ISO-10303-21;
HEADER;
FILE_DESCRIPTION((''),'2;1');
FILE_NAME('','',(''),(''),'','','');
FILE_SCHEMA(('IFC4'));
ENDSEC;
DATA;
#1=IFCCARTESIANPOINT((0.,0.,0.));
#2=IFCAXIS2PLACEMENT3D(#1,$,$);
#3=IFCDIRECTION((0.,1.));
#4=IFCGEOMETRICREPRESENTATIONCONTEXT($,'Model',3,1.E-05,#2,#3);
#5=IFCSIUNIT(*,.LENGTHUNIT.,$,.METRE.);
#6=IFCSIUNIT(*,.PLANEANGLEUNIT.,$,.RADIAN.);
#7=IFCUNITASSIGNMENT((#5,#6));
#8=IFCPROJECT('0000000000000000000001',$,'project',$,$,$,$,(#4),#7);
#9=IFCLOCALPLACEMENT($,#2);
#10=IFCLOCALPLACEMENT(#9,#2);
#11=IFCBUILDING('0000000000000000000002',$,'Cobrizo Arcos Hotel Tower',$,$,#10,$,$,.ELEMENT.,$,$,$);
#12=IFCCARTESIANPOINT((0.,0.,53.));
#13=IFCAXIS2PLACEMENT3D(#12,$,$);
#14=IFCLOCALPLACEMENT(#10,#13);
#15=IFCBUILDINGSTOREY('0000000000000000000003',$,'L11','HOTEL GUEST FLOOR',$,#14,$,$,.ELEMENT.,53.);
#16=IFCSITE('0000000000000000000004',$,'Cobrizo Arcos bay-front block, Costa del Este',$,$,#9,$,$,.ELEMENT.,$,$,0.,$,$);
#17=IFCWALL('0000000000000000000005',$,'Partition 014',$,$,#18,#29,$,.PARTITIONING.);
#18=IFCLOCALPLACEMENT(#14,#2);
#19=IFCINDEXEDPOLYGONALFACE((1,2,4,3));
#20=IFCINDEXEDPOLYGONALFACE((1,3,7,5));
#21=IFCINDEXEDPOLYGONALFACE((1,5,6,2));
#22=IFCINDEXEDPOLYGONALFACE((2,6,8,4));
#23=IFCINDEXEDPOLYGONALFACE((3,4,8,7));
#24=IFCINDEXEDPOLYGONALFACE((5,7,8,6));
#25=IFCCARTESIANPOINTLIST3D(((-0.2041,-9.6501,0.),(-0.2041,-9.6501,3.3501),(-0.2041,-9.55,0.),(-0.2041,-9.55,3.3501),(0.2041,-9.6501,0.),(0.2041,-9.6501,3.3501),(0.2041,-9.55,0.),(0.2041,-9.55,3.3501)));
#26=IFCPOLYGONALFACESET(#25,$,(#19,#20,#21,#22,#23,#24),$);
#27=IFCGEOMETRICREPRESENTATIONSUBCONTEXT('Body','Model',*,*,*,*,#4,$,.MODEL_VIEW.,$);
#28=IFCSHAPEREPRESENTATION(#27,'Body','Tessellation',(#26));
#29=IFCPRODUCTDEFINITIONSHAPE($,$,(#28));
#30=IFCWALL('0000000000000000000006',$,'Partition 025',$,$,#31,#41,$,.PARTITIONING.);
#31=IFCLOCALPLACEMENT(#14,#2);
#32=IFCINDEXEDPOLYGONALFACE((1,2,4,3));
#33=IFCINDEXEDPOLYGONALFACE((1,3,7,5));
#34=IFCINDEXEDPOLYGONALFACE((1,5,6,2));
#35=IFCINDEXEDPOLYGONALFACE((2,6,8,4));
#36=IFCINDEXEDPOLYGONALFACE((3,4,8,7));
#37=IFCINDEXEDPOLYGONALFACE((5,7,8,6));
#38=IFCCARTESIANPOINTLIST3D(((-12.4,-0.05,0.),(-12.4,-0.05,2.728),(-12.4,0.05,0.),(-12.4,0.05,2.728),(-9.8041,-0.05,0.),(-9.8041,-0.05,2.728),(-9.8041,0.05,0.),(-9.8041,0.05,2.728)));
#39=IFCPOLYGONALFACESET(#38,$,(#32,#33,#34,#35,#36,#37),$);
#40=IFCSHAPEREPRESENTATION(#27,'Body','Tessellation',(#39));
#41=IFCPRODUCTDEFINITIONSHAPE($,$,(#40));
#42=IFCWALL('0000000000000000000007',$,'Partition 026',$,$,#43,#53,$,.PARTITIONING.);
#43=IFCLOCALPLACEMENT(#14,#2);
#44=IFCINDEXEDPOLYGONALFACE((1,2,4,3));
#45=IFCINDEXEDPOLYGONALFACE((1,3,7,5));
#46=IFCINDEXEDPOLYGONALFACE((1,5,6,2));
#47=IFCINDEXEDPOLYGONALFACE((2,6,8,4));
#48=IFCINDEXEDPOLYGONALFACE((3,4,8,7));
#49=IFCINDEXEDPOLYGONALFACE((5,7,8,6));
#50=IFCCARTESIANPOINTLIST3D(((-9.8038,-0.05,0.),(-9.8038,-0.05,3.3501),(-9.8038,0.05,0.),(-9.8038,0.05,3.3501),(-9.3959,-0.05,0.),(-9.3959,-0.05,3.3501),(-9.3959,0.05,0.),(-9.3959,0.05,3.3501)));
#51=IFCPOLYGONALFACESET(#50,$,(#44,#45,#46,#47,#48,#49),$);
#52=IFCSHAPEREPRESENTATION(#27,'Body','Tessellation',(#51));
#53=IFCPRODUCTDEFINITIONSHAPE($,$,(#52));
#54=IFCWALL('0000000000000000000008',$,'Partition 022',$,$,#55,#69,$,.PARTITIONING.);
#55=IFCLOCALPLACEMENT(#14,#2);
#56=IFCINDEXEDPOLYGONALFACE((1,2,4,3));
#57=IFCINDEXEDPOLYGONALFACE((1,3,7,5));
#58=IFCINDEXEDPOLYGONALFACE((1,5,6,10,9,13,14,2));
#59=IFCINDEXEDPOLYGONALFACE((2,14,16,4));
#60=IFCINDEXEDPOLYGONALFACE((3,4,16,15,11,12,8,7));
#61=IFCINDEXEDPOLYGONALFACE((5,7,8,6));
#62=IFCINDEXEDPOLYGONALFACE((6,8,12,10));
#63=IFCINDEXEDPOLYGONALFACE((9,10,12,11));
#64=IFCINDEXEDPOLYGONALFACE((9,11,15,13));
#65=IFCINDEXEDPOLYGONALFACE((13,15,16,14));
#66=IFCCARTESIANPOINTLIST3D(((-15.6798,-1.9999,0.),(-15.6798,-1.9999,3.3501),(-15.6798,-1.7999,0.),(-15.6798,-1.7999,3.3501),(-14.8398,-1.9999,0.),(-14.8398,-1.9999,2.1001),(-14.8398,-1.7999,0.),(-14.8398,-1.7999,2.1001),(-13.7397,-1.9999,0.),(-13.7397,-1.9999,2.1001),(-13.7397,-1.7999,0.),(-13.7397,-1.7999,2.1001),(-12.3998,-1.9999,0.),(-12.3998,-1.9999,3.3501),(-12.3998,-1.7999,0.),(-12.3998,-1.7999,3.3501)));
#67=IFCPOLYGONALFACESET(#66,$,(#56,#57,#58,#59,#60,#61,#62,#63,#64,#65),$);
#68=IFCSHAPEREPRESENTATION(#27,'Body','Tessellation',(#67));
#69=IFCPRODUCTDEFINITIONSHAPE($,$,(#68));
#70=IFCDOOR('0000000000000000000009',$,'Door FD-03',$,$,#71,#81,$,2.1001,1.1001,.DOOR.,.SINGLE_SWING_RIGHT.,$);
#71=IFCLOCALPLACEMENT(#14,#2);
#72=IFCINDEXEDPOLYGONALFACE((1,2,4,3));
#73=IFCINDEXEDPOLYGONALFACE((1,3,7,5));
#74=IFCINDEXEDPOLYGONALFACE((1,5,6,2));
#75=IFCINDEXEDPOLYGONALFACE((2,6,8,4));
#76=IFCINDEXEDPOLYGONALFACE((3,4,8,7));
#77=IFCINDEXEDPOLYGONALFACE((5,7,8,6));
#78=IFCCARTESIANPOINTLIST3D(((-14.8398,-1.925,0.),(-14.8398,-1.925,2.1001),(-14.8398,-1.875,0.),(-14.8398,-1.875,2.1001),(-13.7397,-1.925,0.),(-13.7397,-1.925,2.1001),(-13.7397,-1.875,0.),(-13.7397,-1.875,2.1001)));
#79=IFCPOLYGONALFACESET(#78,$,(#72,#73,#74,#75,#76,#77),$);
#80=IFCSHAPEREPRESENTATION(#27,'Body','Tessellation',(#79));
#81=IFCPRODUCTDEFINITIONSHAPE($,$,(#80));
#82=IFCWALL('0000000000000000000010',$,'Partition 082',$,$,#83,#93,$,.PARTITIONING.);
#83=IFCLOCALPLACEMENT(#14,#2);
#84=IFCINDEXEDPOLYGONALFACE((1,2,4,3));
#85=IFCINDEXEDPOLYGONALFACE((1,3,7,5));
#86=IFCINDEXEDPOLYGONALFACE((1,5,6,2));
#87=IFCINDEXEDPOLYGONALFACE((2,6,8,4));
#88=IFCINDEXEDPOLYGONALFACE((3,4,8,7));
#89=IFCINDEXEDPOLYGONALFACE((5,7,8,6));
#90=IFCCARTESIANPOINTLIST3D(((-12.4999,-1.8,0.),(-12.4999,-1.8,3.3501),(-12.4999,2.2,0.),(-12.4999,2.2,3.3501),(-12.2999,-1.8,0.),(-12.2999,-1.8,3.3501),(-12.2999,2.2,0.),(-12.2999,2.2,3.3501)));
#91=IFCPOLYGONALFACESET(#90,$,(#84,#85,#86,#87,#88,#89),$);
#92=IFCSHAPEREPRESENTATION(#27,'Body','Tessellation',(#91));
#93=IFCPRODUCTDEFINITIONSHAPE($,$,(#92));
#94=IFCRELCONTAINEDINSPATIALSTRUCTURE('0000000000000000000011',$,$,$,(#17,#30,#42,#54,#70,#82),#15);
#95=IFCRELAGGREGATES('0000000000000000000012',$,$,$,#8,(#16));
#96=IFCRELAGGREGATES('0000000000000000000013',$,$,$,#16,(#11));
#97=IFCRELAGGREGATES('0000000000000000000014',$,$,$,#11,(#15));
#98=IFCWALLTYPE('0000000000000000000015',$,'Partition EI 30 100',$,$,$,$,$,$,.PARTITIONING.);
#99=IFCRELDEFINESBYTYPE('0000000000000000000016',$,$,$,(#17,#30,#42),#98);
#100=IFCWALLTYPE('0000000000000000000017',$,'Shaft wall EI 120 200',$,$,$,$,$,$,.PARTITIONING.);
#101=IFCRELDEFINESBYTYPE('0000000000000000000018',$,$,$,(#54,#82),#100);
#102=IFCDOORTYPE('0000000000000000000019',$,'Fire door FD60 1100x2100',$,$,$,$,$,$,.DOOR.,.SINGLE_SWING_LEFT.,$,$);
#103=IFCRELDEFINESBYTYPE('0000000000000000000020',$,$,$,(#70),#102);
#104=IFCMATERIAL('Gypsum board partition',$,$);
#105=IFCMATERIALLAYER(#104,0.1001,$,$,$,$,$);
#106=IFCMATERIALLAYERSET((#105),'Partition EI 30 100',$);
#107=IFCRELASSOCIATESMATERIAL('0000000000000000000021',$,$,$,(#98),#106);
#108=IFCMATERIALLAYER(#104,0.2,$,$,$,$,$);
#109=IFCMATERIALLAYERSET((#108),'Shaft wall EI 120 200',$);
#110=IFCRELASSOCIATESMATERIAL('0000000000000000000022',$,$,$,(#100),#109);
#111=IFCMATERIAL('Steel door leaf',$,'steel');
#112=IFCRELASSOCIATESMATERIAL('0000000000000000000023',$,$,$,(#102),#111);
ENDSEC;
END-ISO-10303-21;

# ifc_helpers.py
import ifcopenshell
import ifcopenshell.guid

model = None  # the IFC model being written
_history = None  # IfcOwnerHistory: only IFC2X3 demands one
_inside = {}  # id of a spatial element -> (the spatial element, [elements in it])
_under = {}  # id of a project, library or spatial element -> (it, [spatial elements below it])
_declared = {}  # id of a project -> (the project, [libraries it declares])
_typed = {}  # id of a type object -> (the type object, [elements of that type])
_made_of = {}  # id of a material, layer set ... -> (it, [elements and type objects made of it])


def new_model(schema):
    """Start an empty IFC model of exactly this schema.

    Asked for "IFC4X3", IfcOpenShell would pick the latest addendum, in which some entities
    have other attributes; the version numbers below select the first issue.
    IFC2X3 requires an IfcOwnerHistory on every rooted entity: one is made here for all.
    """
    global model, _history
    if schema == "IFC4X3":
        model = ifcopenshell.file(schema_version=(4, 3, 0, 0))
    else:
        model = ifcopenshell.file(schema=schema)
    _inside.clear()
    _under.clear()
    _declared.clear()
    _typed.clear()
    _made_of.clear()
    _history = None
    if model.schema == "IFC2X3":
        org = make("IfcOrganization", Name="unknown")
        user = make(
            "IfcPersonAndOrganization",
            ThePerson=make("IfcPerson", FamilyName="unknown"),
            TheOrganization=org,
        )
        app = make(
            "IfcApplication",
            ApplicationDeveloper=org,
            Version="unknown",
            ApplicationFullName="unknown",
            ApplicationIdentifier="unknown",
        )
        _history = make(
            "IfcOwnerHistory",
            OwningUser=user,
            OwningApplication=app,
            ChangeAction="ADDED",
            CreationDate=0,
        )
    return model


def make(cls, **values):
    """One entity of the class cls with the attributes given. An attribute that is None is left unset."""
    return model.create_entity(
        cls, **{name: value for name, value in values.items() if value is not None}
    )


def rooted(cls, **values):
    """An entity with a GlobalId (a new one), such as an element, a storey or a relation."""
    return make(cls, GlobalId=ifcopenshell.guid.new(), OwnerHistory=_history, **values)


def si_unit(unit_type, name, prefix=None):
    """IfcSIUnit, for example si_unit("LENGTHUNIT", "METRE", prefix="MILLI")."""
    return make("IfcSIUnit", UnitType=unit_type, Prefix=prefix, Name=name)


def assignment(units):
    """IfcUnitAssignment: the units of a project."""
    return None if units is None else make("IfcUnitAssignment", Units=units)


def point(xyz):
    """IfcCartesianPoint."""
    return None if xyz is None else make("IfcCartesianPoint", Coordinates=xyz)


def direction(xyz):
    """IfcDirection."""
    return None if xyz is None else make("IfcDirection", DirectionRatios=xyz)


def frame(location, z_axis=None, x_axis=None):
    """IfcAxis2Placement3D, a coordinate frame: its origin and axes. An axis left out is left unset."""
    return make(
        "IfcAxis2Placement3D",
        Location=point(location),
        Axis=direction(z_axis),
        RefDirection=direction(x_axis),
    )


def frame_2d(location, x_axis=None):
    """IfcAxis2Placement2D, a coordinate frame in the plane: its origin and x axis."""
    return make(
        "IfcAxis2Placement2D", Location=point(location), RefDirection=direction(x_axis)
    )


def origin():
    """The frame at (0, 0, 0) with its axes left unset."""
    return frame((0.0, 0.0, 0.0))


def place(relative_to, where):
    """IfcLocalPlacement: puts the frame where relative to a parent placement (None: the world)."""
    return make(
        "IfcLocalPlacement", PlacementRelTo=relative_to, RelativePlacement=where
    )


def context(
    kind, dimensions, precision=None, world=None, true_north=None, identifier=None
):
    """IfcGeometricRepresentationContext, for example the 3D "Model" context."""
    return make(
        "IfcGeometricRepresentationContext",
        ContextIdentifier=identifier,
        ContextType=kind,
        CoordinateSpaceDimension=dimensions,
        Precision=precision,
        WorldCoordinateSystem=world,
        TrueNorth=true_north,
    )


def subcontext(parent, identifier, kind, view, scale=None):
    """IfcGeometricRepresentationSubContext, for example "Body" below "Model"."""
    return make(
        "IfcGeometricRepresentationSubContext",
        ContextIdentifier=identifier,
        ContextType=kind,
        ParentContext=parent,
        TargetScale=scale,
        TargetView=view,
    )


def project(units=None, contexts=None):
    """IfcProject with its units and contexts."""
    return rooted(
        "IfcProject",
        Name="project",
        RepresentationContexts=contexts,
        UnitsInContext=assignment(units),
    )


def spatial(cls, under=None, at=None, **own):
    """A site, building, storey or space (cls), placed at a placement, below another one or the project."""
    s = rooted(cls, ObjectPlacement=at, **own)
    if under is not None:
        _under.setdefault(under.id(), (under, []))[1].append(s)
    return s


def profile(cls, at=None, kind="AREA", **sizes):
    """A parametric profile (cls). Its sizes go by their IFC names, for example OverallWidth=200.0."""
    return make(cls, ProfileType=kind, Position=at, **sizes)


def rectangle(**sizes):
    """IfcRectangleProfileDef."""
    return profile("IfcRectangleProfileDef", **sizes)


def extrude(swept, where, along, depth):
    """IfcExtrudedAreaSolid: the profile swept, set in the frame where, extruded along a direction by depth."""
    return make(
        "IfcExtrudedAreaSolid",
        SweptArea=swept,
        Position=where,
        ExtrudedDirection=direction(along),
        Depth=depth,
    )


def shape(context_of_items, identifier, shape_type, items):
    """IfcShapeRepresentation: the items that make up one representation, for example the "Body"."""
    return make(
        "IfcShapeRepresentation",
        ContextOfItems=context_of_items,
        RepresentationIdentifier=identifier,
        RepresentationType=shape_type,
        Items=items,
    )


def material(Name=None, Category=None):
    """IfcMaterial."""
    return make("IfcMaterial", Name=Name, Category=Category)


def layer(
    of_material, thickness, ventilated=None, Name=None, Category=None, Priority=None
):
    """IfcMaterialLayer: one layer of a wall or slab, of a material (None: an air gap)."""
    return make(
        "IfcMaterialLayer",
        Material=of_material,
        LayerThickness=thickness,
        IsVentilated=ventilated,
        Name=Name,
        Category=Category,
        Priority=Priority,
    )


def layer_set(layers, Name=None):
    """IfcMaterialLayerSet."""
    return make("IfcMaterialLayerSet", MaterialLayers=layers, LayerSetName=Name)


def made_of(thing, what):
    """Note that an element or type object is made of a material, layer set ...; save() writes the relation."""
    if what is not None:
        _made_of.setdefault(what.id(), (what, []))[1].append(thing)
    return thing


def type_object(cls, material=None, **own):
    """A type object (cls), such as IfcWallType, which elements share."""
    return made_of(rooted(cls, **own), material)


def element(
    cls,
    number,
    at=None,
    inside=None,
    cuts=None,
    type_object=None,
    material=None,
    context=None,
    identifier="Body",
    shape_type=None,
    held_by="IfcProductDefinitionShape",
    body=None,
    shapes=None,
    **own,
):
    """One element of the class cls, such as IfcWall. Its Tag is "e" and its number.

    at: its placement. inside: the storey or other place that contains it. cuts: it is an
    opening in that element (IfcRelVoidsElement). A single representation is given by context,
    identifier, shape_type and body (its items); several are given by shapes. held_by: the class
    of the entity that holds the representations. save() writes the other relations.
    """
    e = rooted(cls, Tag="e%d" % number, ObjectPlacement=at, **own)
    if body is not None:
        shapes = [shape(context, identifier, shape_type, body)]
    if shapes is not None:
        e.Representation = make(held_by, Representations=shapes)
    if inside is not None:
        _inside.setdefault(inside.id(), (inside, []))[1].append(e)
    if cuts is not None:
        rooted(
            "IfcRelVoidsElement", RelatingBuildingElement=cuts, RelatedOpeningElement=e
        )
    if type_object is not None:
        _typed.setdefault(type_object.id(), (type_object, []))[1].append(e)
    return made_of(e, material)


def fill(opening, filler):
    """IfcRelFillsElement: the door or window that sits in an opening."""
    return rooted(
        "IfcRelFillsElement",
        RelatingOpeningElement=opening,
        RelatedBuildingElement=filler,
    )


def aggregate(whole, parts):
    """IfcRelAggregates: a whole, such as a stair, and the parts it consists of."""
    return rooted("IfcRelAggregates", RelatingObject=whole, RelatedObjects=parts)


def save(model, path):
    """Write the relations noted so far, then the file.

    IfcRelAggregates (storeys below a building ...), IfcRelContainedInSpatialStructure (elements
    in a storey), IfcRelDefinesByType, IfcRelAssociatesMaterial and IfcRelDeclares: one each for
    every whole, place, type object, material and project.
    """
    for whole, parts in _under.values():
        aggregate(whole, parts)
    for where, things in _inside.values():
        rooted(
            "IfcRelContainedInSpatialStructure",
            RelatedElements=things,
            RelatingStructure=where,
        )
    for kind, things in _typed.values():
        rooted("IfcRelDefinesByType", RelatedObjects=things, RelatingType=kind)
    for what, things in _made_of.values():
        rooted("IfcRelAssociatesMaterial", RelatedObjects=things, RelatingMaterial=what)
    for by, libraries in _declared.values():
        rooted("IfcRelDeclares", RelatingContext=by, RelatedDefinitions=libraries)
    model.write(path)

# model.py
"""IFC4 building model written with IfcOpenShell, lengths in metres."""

from ifc_helpers import new_model, si_unit, direction, frame, frame_2d, origin, place, context, subcontext, project, spatial, rectangle, extrude, material, layer, layer_set, type_object, element, fill, save


model = new_model("IFC4")

# Units and contexts
model_context = context("Model", 3, precision=1e-05, world=origin(), true_north=direction((0.0, 1.0)))
body_context = subcontext(model_context, "Body", "Model", "MODEL_VIEW")
ifc_project = project(units=[si_unit("LENGTHUNIT", "METRE"), si_unit("PLANEANGLEUNIT", "RADIAN")], contexts=[model_context])

# Site, building, storey
site_placement = place(None, origin())
site = spatial("IfcSite", under=ifc_project, at=site_placement, Name="Cobrizo Arcos bay-front block, Costa del Este", CompositionType="ELEMENT", RefElevation=0.0)
building_placement = place(site_placement, origin())
building = spatial("IfcBuilding", under=site, at=building_placement, Name="Cobrizo Arcos Hotel Tower", CompositionType="ELEMENT")
storey_placement = place(building_placement, frame((0.0, 0.0, 53.0)))
storey = spatial("IfcBuildingStorey", under=building, at=storey_placement, Name="L11", Description="HOTEL GUEST FLOOR", CompositionType="ELEMENT", Elevation=53.0)

# Walls
ifc_material_1 = material(Name="Gypsum board partition")
ifc_layer_1 = layer(ifc_material_1, 0.1001)
ifc_layer_set_1 = layer_set([ifc_layer_1], Name="Partition EI 30 100")
wall_type_1 = type_object("IfcWallType", Name="Partition EI 30 100", PredefinedType="PARTITIONING", material=ifc_layer_set_1)
wall_1_placement = place(storey_placement, frame((-0.2041, -9.6001, 0.0), z_axis=(0.0, 0.0, 1.0), x_axis=(1.0, 0.0, 0.0)))
element("IfcWall", 1, at=wall_1_placement, inside=storey, type_object=wall_type_1, Name="Partition 014", PredefinedType="PARTITIONING", context=body_context, shape_type="SweptSolid", body=[
    extrude(rectangle(XDim=0.4082, YDim=0.1001, at=frame_2d((0.2041, 0.0))), origin(), (0.0, 0.0, 1.0), 3.3501),
])
wall_2_placement = place(storey_placement, frame((-12.3999, 0.0, 0.0), z_axis=(0.0, 0.0, 1.0), x_axis=(1.0, 0.0, 0.0)))
element("IfcWall", 2, at=wall_2_placement, inside=storey, type_object=wall_type_1, Name="Partition 025", PredefinedType="PARTITIONING", context=body_context, shape_type="SweptSolid", body=[
    extrude(rectangle(XDim=2.5959, YDim=0.1001, at=frame_2d((1.2979, 0.0))), origin(), (0.0, 0.0, 1.0), 2.728),
])
wall_3_placement = place(storey_placement, frame((-9.804, 0.0, 0.0), z_axis=(0.0, 0.0, 1.0), x_axis=(1.0, 0.0, 0.0)))
element("IfcWall", 3, at=wall_3_placement, inside=storey, type_object=wall_type_1, Name="Partition 026", PredefinedType="PARTITIONING", context=body_context, shape_type="SweptSolid", body=[
    extrude(rectangle(XDim=0.408, YDim=0.1001, at=frame_2d((0.2041, 0.0))), origin(), (0.0, 0.0, 1.0), 3.3501),
])

# Wall, opening, door
ifc_layer_2 = layer(ifc_material_1, 0.2)
ifc_layer_set_2 = layer_set([ifc_layer_2], Name="Shaft wall EI 120 200")
wall_type_2 = type_object("IfcWallType", Name="Shaft wall EI 120 200", PredefinedType="PARTITIONING", material=ifc_layer_set_2)
wall_4_placement = place(storey_placement, frame((-15.6799, -1.8999, 0.0), z_axis=(0.0, 0.0, 1.0), x_axis=(1.0, 0.0, 0.0)))
wall_4 = element("IfcWall", 4, at=wall_4_placement, inside=storey, type_object=wall_type_2, Name="Partition 022", PredefinedType="PARTITIONING", context=body_context, shape_type="SweptSolid", body=[
    extrude(rectangle(XDim=3.28, YDim=0.2, at=frame_2d((1.6401, 0.0))), origin(), (0.0, 0.0, 1.0), 3.3501),
])
opening_placement = place(wall_4_placement, frame((0.8401, 0.0, 0.0)))
opening = element("IfcOpeningElement", 5, at=opening_placement, cuts=wall_4, PredefinedType="OPENING", context=body_context, shape_type="SweptSolid", body=[
    extrude(rectangle(XDim=1.1001, YDim=2.1001, at=frame_2d((0.55, 1.05))), frame((0.0, 0.1121, 0.0), z_axis=(0.0, -1.0, 0.0), x_axis=(1.0, 0.0, 0.0)), (0.0, 0.0, 1.0), 0.2239),
])
ifc_material_2 = material(Name="Steel door leaf", Category="steel")
door_type = type_object("IfcDoorType", Name="Fire door FD60 1100x2100", OperationType="SINGLE_SWING_LEFT", PredefinedType="DOOR", material=ifc_material_2)
door_placement = place(opening_placement, origin())
door = element("IfcDoor", 6, at=door_placement, inside=storey, type_object=door_type, Name="Door FD-03", OperationType="SINGLE_SWING_RIGHT", OverallHeight=2.1001, OverallWidth=1.1001, PredefinedType="DOOR", context=body_context, shape_type="SweptSolid", body=[
    extrude(rectangle(XDim=1.1001, YDim=2.1001, at=frame_2d((0.55, 1.05))), frame((0.0, 0.0249, 0.0), z_axis=(0.0, -1.0, 0.0), x_axis=(1.0, 0.0, 0.0)), (0.0, 0.0, 1.0), 0.05),
])
fill(opening, door)

# Wall
wall_5_placement = place(storey_placement, frame((-12.3999, -1.8, 0.0), z_axis=(0.0, 0.0, 1.0), x_axis=(0.0, 1.0, 0.0)))
element("IfcWall", 7, at=wall_5_placement, inside=storey, type_object=wall_type_2, Name="Partition 082", PredefinedType="PARTITIONING", context=body_context, shape_type="SweptSolid", body=[
    extrude(rectangle(XDim=4.0, YDim=0.2, at=frame_2d((2.0, 0.0))), origin(), (0.0, 0.0, 1.0), 3.3501),
])

save(model, "model.ifc")
